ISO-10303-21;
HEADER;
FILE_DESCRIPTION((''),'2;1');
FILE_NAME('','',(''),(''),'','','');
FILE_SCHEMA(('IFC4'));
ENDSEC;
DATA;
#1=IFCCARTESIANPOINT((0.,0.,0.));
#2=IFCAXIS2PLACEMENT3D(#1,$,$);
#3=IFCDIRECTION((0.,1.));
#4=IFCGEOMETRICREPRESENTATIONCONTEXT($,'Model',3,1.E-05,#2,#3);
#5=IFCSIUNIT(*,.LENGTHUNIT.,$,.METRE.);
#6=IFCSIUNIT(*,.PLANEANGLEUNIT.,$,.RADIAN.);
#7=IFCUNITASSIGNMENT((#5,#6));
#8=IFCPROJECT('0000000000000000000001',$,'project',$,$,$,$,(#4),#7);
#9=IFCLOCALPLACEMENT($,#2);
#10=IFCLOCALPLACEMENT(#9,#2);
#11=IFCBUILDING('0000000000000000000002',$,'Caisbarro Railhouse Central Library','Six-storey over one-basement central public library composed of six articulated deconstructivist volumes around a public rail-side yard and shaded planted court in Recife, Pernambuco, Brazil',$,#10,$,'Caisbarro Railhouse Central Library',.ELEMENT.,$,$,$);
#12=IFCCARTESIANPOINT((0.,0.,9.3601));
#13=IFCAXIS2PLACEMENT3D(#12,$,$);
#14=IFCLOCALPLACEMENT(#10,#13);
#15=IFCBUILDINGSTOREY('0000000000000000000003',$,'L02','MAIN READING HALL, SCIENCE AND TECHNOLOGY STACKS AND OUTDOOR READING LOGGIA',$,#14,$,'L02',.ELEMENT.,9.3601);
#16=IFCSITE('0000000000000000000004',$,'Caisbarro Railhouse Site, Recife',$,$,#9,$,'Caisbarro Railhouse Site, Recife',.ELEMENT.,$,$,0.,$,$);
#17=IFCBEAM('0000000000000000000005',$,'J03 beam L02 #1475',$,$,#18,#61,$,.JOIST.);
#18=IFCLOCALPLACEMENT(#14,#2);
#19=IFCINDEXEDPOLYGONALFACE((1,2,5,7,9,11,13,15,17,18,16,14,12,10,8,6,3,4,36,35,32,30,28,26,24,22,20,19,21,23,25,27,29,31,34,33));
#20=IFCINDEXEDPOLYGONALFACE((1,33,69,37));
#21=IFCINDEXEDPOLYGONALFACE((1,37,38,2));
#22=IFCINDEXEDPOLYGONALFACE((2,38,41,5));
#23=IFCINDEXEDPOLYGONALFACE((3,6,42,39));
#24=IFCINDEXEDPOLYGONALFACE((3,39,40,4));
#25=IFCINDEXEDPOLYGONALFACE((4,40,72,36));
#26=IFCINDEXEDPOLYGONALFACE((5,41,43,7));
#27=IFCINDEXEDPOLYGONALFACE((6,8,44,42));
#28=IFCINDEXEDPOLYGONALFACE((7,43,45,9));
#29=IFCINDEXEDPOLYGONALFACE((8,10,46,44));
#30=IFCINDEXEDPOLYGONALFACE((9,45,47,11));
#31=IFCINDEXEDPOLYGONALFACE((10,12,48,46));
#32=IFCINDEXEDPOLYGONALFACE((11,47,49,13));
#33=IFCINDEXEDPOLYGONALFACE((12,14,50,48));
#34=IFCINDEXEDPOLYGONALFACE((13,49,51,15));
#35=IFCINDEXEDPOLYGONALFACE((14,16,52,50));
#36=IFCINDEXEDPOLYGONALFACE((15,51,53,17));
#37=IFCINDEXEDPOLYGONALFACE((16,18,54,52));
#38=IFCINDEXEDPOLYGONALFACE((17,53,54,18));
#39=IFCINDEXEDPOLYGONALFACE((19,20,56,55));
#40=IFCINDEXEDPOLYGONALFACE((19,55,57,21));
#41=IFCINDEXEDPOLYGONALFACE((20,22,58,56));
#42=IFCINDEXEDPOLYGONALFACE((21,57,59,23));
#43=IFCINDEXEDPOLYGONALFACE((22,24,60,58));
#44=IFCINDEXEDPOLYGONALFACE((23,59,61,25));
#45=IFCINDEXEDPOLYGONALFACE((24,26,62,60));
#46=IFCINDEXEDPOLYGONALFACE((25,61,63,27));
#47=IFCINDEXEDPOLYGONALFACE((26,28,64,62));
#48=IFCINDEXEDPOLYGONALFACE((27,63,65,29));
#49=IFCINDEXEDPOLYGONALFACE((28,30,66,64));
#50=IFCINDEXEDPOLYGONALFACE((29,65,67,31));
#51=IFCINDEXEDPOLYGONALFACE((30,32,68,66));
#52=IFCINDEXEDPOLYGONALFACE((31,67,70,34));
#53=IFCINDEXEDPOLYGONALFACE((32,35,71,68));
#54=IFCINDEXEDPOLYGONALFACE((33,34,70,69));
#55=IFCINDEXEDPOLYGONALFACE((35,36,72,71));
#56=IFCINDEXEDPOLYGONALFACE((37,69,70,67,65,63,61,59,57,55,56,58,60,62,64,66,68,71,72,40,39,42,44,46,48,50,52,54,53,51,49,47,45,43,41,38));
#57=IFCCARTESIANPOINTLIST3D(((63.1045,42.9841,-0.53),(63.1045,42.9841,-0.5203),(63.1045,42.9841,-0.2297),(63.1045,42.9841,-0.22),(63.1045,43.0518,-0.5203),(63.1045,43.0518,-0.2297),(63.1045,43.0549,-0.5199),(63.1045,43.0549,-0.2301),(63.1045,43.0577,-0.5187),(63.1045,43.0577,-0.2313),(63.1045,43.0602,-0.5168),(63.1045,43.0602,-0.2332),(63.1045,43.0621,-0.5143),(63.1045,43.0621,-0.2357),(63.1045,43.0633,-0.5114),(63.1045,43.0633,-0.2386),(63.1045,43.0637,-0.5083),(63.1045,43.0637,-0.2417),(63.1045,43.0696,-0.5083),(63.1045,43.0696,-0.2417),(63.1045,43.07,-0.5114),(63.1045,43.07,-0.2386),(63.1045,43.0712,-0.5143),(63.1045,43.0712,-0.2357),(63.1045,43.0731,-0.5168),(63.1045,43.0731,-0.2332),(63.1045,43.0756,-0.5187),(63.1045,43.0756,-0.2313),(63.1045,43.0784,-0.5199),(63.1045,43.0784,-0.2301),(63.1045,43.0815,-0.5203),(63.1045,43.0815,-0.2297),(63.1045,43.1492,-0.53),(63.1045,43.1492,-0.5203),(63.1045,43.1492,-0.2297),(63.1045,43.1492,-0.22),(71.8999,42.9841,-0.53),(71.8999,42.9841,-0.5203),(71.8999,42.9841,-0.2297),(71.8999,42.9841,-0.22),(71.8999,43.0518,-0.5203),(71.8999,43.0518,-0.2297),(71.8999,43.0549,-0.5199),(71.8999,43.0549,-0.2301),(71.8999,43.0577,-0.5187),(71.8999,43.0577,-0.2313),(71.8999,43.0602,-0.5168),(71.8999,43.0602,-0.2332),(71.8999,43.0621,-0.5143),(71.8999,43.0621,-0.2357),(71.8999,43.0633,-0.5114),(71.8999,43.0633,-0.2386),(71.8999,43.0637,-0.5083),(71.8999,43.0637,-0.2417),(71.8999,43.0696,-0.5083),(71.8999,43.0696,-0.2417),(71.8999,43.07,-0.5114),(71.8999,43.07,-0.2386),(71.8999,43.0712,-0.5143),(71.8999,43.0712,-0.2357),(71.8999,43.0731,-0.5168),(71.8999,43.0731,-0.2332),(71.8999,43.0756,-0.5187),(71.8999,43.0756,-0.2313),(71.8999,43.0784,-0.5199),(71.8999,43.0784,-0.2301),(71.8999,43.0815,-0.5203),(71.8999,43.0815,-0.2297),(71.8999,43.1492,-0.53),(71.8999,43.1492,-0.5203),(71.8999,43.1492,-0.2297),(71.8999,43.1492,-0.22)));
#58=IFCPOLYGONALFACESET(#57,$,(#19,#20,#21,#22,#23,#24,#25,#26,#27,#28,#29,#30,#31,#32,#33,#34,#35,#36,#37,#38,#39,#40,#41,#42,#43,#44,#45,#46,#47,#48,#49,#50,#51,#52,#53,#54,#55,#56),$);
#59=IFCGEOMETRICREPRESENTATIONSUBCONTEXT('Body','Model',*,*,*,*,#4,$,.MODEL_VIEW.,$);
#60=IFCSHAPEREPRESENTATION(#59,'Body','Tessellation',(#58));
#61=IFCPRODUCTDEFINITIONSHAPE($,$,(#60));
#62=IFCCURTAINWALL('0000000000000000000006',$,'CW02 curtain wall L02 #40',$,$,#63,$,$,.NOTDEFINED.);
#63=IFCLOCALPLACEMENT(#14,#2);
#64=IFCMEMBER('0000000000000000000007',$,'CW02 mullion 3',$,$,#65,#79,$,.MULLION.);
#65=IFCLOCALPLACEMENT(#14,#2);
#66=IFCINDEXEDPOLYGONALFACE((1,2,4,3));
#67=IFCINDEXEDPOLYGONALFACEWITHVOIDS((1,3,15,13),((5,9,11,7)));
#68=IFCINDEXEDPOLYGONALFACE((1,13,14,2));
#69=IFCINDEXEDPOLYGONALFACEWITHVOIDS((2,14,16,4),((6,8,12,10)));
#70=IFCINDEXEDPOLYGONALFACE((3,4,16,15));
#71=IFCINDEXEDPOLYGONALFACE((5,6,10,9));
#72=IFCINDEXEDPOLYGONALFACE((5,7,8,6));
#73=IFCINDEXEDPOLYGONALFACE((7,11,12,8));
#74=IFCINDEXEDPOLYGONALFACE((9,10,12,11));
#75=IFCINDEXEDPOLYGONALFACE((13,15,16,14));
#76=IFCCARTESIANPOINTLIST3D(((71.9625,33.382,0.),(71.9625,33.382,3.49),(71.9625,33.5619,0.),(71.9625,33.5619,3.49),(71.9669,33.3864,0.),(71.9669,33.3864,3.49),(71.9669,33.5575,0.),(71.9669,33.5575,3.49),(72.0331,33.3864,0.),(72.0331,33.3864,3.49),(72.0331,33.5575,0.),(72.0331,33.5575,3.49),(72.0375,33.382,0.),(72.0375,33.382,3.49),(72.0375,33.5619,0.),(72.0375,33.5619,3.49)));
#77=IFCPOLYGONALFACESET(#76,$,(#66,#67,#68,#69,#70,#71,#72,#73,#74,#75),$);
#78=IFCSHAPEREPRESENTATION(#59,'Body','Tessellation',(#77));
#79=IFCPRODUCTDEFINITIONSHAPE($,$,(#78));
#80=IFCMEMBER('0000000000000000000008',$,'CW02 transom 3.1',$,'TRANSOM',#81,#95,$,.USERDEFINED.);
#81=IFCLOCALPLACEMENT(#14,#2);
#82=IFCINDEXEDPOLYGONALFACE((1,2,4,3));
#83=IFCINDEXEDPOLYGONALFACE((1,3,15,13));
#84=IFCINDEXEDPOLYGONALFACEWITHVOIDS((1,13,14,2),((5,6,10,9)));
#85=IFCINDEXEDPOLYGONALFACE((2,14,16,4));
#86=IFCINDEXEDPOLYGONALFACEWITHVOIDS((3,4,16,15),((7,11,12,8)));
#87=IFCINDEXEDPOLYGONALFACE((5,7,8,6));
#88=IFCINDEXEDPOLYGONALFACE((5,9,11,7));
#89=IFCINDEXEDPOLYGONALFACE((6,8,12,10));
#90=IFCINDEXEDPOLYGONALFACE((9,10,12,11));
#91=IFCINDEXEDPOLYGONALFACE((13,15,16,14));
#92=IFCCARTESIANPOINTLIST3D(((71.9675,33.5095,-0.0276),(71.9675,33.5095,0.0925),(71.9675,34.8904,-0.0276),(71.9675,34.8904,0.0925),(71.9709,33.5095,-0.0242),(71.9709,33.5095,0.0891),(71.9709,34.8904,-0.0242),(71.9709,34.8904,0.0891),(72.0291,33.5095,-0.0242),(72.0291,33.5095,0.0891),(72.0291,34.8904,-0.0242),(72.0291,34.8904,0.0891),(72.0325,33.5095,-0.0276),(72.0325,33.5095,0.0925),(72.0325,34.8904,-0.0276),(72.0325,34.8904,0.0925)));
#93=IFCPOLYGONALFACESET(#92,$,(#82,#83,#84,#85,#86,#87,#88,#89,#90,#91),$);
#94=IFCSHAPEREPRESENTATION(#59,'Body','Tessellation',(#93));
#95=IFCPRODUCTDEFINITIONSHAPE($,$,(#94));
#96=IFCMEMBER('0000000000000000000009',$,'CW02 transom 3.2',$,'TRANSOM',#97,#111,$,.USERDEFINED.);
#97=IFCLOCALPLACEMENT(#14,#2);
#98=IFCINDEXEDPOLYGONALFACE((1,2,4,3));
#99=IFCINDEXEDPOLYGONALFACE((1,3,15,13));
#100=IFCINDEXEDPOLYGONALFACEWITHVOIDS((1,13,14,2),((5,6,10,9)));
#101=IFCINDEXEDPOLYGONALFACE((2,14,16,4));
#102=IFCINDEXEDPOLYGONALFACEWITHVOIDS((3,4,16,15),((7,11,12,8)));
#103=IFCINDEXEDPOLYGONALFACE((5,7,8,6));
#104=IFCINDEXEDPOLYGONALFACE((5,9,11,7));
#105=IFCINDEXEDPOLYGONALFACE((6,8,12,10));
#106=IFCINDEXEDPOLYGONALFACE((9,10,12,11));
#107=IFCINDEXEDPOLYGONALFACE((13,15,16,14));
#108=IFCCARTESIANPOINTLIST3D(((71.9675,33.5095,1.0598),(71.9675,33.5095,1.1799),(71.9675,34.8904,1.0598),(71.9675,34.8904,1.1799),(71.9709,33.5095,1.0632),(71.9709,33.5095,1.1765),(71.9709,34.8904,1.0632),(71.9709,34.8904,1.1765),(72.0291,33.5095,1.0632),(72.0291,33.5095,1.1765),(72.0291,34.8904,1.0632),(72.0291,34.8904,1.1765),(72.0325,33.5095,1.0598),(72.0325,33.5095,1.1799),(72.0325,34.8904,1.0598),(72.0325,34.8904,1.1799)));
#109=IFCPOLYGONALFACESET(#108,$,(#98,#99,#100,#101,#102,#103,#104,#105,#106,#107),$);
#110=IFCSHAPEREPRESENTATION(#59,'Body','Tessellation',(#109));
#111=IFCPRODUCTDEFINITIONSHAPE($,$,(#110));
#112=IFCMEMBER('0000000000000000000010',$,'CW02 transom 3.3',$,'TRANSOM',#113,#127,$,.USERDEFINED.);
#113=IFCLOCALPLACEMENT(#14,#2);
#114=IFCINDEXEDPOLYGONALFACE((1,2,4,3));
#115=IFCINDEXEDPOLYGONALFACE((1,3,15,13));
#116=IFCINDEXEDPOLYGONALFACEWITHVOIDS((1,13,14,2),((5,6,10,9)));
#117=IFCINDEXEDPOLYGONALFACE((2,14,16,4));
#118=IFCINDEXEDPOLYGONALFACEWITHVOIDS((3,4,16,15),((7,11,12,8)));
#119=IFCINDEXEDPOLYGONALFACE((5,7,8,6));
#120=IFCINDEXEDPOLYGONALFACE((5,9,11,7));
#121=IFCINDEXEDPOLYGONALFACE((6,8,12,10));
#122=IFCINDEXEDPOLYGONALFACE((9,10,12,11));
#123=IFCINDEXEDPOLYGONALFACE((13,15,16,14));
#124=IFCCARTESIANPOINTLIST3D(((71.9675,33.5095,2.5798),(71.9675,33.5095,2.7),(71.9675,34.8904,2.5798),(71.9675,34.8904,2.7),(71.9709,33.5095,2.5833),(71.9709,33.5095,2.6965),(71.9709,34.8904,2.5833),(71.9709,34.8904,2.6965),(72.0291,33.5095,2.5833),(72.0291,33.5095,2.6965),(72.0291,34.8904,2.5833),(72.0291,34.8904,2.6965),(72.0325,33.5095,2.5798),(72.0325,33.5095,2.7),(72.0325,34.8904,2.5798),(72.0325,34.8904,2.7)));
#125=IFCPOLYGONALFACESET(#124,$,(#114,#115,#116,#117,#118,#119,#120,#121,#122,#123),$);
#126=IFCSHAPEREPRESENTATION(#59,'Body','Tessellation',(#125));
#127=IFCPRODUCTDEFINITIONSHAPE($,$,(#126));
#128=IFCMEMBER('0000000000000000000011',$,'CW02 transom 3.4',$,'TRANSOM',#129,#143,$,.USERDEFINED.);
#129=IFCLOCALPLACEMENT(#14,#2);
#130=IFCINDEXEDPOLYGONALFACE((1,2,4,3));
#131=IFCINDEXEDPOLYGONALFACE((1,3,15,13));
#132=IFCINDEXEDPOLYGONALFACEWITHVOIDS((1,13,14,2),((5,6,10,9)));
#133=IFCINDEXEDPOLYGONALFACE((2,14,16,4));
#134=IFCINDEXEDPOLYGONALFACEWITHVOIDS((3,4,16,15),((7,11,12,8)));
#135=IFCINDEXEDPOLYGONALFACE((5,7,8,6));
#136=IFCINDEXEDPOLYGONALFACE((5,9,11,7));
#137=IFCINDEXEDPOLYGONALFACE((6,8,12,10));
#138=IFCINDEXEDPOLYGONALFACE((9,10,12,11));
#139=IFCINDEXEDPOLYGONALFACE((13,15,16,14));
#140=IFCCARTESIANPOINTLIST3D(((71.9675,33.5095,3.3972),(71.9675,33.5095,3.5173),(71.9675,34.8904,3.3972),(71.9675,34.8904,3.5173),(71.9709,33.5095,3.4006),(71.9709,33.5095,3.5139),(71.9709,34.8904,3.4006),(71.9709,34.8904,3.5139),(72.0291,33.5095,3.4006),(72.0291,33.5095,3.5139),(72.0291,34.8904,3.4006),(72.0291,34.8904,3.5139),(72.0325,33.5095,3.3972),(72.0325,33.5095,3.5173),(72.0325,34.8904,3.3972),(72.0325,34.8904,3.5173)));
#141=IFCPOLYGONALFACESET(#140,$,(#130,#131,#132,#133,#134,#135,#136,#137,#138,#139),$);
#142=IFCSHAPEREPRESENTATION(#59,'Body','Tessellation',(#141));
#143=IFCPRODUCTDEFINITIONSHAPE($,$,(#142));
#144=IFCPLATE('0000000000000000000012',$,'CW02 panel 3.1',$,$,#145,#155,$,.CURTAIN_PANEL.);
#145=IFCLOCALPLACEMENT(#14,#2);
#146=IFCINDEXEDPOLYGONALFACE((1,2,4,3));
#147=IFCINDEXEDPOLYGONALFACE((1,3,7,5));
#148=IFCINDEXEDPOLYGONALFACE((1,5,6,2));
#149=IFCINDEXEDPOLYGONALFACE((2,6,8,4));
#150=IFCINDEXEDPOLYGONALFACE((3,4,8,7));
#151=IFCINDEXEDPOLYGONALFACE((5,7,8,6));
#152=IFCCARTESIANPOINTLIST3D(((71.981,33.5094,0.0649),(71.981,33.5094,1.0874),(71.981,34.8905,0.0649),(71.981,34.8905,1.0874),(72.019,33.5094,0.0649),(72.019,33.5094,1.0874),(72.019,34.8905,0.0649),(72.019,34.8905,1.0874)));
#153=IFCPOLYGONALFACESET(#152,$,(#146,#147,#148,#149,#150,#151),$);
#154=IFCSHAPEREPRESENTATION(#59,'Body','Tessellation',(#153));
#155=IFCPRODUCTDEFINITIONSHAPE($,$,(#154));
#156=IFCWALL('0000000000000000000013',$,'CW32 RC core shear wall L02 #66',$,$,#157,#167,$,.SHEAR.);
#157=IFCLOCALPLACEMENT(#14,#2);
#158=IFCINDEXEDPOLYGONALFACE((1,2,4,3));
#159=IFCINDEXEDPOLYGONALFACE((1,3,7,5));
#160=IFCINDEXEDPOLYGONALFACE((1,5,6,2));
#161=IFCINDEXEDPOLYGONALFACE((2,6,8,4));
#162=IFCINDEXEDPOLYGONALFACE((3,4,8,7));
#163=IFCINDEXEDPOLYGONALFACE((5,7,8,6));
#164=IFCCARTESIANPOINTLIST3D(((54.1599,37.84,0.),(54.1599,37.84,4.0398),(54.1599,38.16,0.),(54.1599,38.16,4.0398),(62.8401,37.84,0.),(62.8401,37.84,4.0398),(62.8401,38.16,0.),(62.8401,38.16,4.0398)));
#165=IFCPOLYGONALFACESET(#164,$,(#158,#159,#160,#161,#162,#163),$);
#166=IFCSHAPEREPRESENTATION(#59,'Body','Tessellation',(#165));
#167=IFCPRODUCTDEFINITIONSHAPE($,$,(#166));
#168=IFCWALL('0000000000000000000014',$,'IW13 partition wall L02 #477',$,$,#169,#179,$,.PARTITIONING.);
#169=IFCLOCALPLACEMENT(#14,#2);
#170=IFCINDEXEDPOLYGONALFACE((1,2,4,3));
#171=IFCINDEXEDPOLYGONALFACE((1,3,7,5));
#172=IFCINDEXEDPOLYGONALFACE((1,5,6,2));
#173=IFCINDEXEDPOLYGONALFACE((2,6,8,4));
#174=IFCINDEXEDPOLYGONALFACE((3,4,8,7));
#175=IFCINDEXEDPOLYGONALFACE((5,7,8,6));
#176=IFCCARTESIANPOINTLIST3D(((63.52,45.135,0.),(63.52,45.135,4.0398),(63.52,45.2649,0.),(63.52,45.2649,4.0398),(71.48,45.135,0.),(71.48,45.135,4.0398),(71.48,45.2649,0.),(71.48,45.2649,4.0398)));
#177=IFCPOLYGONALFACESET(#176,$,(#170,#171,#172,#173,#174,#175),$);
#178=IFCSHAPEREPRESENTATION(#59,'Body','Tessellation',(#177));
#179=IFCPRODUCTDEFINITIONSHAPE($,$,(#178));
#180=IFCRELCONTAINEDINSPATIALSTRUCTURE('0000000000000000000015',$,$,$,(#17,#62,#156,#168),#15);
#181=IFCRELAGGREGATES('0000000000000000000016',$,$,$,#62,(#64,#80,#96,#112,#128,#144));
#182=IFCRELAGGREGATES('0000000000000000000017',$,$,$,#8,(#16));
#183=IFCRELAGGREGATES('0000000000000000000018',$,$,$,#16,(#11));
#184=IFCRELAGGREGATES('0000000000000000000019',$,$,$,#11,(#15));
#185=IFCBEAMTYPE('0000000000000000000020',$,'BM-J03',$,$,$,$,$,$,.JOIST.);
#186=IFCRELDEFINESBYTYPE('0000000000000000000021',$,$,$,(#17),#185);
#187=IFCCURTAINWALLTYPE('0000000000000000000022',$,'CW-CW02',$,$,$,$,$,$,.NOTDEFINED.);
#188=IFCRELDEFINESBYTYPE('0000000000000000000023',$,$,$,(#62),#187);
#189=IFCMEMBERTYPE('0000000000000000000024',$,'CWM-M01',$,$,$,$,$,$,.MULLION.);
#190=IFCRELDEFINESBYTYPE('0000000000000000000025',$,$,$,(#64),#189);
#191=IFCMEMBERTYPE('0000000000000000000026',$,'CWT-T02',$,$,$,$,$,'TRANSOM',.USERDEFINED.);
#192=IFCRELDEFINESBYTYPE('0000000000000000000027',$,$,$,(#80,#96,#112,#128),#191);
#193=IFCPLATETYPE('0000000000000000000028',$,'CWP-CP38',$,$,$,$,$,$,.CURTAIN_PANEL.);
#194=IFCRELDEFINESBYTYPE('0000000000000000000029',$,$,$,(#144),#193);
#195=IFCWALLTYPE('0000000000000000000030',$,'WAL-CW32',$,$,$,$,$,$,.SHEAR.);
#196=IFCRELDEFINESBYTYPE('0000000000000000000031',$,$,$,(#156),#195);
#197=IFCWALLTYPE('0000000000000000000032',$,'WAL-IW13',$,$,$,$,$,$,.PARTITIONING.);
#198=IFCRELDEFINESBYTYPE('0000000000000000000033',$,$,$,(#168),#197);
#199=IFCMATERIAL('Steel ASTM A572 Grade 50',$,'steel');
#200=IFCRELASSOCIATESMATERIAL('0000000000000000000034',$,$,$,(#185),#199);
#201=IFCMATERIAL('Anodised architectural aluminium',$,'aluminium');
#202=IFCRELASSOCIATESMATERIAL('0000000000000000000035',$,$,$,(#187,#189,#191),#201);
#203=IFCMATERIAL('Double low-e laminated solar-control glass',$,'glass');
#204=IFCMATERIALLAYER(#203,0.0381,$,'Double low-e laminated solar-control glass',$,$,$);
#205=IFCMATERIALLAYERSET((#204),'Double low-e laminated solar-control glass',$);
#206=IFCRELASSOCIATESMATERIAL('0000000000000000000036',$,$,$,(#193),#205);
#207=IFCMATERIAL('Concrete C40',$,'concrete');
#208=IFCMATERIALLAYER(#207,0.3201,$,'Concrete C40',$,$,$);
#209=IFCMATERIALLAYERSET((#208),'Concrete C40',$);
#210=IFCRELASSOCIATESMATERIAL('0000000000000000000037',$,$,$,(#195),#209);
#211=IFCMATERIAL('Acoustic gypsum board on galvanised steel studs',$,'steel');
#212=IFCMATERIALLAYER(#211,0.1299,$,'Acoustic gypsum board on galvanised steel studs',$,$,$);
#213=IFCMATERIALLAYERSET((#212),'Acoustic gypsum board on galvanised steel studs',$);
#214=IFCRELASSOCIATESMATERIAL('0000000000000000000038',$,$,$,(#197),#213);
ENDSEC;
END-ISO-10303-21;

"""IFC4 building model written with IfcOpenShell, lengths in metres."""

from ifc_helpers import new_model, si_unit, direction, frame, frame_2d, origin, origin_2d, place, context, subcontext, project, spatial, rectangle, hollow_rectangle, i_section, extrude, material, layer, layer_set, material_profile, profile_set, type_object, element, aggregate, save


model = new_model("IFC4")

# Units and contexts
model_context = context("Model", 3, precision=1e-05, world=origin(), true_north=direction((0.0, 1.0)))
body_context = subcontext(model_context, "Body", "Model", "MODEL_VIEW")
ifc_project = project(units=[si_unit("LENGTHUNIT", "METRE"), si_unit("PLANEANGLEUNIT", "RADIAN")], contexts=[model_context])

# Site, building, storey
site_placement = place(None, origin())
site = spatial("IfcSite", under=ifc_project, at=site_placement, Name="Caisbarro Railhouse Site, Recife", LongName="Caisbarro Railhouse Site, Recife", CompositionType="ELEMENT", RefElevation=0.0)
building_placement = place(site_placement, origin())
building = spatial("IfcBuilding", under=site, at=building_placement, Name="Caisbarro Railhouse Central Library", Description="Six-storey over one-basement central public library composed of six articulated deconstructivist volumes around a public rail-side yard and shaded planted court in Recife, Pernambuco, Brazil", LongName="Caisbarro Railhouse Central Library", CompositionType="ELEMENT")
storey_placement = place(building_placement, frame((0.0, 0.0, 9.3601)))
storey = spatial("IfcBuildingStorey", under=building, at=storey_placement, Name="L02", Description="MAIN READING HALL, SCIENCE AND TECHNOLOGY STACKS AND OUTDOOR READING LOGGIA", LongName="L02", CompositionType="ELEMENT", Elevation=9.3601)

# Beam
ifc_material_1 = material(Name="Steel ASTM A572 Grade 50", Category="steel")
ifc_material_profile_1 = material_profile(ifc_material_1, i_section(OverallWidth=0.165, OverallDepth=0.3101, WebThickness=0.0059, FlangeThickness=0.0098, FilletRadius=0.012, at=origin_2d()), Name="W310X38.7")
ifc_profile_set_1 = profile_set([ifc_material_profile_1], Name="Steel ASTM A572 Grade 50")
beam_type_1 = type_object("IfcBeamType", Name="BM-J03", PredefinedType="JOIST", material=ifc_profile_set_1)
for number, where, z_axis, x_axis, name in (
    (1, (63.1045, 43.0667, -0.375), (1.0, 0.0, 0.0), (0.0, 1.0, 0.0), "J03 beam L02 #1475"),
):
    element("IfcBeam", number, at=place(storey_placement, frame(where, z_axis=z_axis, x_axis=x_axis)), inside=storey, type_object=beam_type_1, Name=name, PredefinedType="JOIST", context=body_context, shape_type="SweptSolid", body=[
        extrude(i_section(OverallWidth=0.165, OverallDepth=0.3101, WebThickness=0.0059, FlangeThickness=0.0098, FilletRadius=0.012, at=origin_2d()), origin(), (0.0, 0.0, 1.0), 8.7954),
    ])

# Curtain wall, members, plate
ifc_material_2 = material(Name="Anodised architectural aluminium", Category="aluminium")
curtain_wall_type = type_object("IfcCurtainWallType", Name="CW-CW02", PredefinedType="NOTDEFINED", material=ifc_material_2)
curtain_wall_placement = place(storey_placement, origin())
curtain_wall = element("IfcCurtainWall", 2, at=curtain_wall_placement, inside=storey, type_object=curtain_wall_type, Name="CW02 curtain wall L02 #40", PredefinedType="NOTDEFINED")
ifc_material_profile_2 = material_profile(ifc_material_2, hollow_rectangle(XDim=0.075, YDim=0.1799, WallThickness=0.0044, at=origin_2d()), Name="ALU-MUL-75X180")
ifc_profile_set_2 = profile_set([ifc_material_profile_2], Name="Anodised architectural aluminium")
member_type_1 = type_object("IfcMemberType", Name="CWM-M01", PredefinedType="MULLION", material=ifc_profile_set_2)
member_1_placement = place(storey_placement, frame((72.0, 33.4719, 0.0), z_axis=(0.0, 0.0, 1.0), x_axis=(-1.0, 0.0, 0.0)))
member_1 = element("IfcMember", 3, at=member_1_placement, type_object=member_type_1, Name="CW02 mullion 3", PredefinedType="MULLION", context=body_context, shape_type="SweptSolid", body=[
    extrude(hollow_rectangle(XDim=0.075, YDim=0.1799, WallThickness=0.0044, at=origin_2d()), origin(), (0.0, 0.0, 1.0), 3.49),
])
ifc_material_profile_3 = material_profile(ifc_material_2, hollow_rectangle(XDim=0.0649, YDim=0.1201, WallThickness=0.0034, at=origin_2d()), Name="ALU-TRN-65X120")
ifc_profile_set_3 = profile_set([ifc_material_profile_3], Name="Anodised architectural aluminium")
member_type_2 = type_object("IfcMemberType", Name="CWT-T02", ElementType="TRANSOM", PredefinedType="USERDEFINED", material=ifc_profile_set_3)
member_2_placement = place(storey_placement, frame((72.0, 33.5095, 0.0325), z_axis=(0.0, 1.0, 0.0), x_axis=(-1.0, 0.0, 0.0)))
member_2 = element("IfcMember", 4, at=member_2_placement, type_object=member_type_2, Name="CW02 transom 3.1", ObjectType="TRANSOM", PredefinedType="USERDEFINED", context=body_context, shape_type="SweptSolid", body=[
    extrude(hollow_rectangle(XDim=0.0649, YDim=0.1201, WallThickness=0.0034, at=origin_2d()), origin(), (0.0, 0.0, 1.0), 1.3809),
])
member_3_placement = place(storey_placement, frame((72.0, 33.5095, 1.1199), z_axis=(0.0, 1.0, 0.0), x_axis=(-1.0, 0.0, 0.0)))
member_3 = element("IfcMember", 5, at=member_3_placement, type_object=member_type_2, Name="CW02 transom 3.2", ObjectType="TRANSOM", PredefinedType="USERDEFINED", context=body_context, shape_type="SweptSolid", body=[
    extrude(hollow_rectangle(XDim=0.0649, YDim=0.1201, WallThickness=0.0034, at=origin_2d()), origin(), (0.0, 0.0, 1.0), 1.3809),
])
member_4_placement = place(storey_placement, frame((72.0, 33.5095, 2.6399), z_axis=(0.0, 1.0, 0.0), x_axis=(-1.0, 0.0, 0.0)))
member_4 = element("IfcMember", 6, at=member_4_placement, type_object=member_type_2, Name="CW02 transom 3.3", ObjectType="TRANSOM", PredefinedType="USERDEFINED", context=body_context, shape_type="SweptSolid", body=[
    extrude(hollow_rectangle(XDim=0.0649, YDim=0.1201, WallThickness=0.0034, at=origin_2d()), origin(), (0.0, 0.0, 1.0), 1.3809),
])
member_5_placement = place(storey_placement, frame((72.0, 33.5095, 3.4573), z_axis=(0.0, 1.0, 0.0), x_axis=(-1.0, 0.0, 0.0)))
member_5 = element("IfcMember", 7, at=member_5_placement, type_object=member_type_2, Name="CW02 transom 3.4", ObjectType="TRANSOM", PredefinedType="USERDEFINED", context=body_context, shape_type="SweptSolid", body=[
    extrude(hollow_rectangle(XDim=0.0649, YDim=0.1201, WallThickness=0.0034, at=origin_2d()), origin(), (0.0, 0.0, 1.0), 1.3809),
])
ifc_material_3 = material(Name="Double low-e laminated solar-control glass", Category="glass")
ifc_layer_1 = layer(ifc_material_3, 0.0381, Name="Double low-e laminated solar-control glass")
ifc_layer_set_1 = layer_set([ifc_layer_1], Name="Double low-e laminated solar-control glass")
plate_type = type_object("IfcPlateType", Name="CWP-CP38", PredefinedType="CURTAIN_PANEL", material=ifc_layer_set_1)
plate_placement = place(storey_placement, frame((72.0, 34.2, 0.0649), z_axis=(0.0, 0.0, 1.0), x_axis=(0.0, 1.0, 0.0)))
plate = element("IfcPlate", 8, at=plate_placement, type_object=plate_type, Name="CW02 panel 3.1", PredefinedType="CURTAIN_PANEL", context=body_context, shape_type="SweptSolid", body=[
    extrude(rectangle(XDim=1.3811, YDim=0.0381, at=origin_2d()), origin(), (0.0, 0.0, 1.0), 1.0225),
])
aggregate(curtain_wall, [member_1, member_2, member_3, member_4, member_5, plate])

# Walls
ifc_material_4 = material(Name="Concrete C40", Category="concrete")
ifc_layer_2 = layer(ifc_material_4, 0.3201, Name="Concrete C40")
ifc_layer_set_2 = layer_set([ifc_layer_2], Name="Concrete C40")
wall_type_1 = type_object("IfcWallType", Name="WAL-CW32", PredefinedType="SHEAR", material=ifc_layer_set_2)
wall_1_placement = place(storey_placement, frame((54.1599, 38.0, 0.0), z_axis=(0.0, 0.0, 1.0), x_axis=(1.0, 0.0, 0.0)))
element("IfcWall", 9, at=wall_1_placement, inside=storey, type_object=wall_type_1, Name="CW32 RC core shear wall L02 #66", PredefinedType="SHEAR", context=body_context, shape_type="SweptSolid", body=[
    extrude(rectangle(XDim=8.6802, YDim=0.3201, at=frame_2d((4.3401, 0.0))), origin(), (0.0, 0.0, 1.0), 4.0398),
])
ifc_material_5 = material(Name="Acoustic gypsum board on galvanised steel studs", Category="steel")
ifc_layer_3 = layer(ifc_material_5, 0.1299, Name="Acoustic gypsum board on galvanised steel studs")
ifc_layer_set_3 = layer_set([ifc_layer_3], Name="Acoustic gypsum board on galvanised steel studs")
wall_type_2 = type_object("IfcWallType", Name="WAL-IW13", PredefinedType="PARTITIONING", material=ifc_layer_set_3)
wall_2_placement = place(storey_placement, frame((63.52, 45.2, 0.0), z_axis=(0.0, 0.0, 1.0), x_axis=(1.0, 0.0, 0.0)))
element("IfcWall", 10, at=wall_2_placement, inside=storey, type_object=wall_type_2, Name="IW13 partition wall L02 #477", PredefinedType="PARTITIONING", context=body_context, shape_type="SweptSolid", body=[
    extrude(rectangle(XDim=7.96, YDim=0.1299, at=frame_2d((3.98, 0.0))), origin(), (0.0, 0.0, 1.0), 4.0398),
])

save(model, "model.ifc")
